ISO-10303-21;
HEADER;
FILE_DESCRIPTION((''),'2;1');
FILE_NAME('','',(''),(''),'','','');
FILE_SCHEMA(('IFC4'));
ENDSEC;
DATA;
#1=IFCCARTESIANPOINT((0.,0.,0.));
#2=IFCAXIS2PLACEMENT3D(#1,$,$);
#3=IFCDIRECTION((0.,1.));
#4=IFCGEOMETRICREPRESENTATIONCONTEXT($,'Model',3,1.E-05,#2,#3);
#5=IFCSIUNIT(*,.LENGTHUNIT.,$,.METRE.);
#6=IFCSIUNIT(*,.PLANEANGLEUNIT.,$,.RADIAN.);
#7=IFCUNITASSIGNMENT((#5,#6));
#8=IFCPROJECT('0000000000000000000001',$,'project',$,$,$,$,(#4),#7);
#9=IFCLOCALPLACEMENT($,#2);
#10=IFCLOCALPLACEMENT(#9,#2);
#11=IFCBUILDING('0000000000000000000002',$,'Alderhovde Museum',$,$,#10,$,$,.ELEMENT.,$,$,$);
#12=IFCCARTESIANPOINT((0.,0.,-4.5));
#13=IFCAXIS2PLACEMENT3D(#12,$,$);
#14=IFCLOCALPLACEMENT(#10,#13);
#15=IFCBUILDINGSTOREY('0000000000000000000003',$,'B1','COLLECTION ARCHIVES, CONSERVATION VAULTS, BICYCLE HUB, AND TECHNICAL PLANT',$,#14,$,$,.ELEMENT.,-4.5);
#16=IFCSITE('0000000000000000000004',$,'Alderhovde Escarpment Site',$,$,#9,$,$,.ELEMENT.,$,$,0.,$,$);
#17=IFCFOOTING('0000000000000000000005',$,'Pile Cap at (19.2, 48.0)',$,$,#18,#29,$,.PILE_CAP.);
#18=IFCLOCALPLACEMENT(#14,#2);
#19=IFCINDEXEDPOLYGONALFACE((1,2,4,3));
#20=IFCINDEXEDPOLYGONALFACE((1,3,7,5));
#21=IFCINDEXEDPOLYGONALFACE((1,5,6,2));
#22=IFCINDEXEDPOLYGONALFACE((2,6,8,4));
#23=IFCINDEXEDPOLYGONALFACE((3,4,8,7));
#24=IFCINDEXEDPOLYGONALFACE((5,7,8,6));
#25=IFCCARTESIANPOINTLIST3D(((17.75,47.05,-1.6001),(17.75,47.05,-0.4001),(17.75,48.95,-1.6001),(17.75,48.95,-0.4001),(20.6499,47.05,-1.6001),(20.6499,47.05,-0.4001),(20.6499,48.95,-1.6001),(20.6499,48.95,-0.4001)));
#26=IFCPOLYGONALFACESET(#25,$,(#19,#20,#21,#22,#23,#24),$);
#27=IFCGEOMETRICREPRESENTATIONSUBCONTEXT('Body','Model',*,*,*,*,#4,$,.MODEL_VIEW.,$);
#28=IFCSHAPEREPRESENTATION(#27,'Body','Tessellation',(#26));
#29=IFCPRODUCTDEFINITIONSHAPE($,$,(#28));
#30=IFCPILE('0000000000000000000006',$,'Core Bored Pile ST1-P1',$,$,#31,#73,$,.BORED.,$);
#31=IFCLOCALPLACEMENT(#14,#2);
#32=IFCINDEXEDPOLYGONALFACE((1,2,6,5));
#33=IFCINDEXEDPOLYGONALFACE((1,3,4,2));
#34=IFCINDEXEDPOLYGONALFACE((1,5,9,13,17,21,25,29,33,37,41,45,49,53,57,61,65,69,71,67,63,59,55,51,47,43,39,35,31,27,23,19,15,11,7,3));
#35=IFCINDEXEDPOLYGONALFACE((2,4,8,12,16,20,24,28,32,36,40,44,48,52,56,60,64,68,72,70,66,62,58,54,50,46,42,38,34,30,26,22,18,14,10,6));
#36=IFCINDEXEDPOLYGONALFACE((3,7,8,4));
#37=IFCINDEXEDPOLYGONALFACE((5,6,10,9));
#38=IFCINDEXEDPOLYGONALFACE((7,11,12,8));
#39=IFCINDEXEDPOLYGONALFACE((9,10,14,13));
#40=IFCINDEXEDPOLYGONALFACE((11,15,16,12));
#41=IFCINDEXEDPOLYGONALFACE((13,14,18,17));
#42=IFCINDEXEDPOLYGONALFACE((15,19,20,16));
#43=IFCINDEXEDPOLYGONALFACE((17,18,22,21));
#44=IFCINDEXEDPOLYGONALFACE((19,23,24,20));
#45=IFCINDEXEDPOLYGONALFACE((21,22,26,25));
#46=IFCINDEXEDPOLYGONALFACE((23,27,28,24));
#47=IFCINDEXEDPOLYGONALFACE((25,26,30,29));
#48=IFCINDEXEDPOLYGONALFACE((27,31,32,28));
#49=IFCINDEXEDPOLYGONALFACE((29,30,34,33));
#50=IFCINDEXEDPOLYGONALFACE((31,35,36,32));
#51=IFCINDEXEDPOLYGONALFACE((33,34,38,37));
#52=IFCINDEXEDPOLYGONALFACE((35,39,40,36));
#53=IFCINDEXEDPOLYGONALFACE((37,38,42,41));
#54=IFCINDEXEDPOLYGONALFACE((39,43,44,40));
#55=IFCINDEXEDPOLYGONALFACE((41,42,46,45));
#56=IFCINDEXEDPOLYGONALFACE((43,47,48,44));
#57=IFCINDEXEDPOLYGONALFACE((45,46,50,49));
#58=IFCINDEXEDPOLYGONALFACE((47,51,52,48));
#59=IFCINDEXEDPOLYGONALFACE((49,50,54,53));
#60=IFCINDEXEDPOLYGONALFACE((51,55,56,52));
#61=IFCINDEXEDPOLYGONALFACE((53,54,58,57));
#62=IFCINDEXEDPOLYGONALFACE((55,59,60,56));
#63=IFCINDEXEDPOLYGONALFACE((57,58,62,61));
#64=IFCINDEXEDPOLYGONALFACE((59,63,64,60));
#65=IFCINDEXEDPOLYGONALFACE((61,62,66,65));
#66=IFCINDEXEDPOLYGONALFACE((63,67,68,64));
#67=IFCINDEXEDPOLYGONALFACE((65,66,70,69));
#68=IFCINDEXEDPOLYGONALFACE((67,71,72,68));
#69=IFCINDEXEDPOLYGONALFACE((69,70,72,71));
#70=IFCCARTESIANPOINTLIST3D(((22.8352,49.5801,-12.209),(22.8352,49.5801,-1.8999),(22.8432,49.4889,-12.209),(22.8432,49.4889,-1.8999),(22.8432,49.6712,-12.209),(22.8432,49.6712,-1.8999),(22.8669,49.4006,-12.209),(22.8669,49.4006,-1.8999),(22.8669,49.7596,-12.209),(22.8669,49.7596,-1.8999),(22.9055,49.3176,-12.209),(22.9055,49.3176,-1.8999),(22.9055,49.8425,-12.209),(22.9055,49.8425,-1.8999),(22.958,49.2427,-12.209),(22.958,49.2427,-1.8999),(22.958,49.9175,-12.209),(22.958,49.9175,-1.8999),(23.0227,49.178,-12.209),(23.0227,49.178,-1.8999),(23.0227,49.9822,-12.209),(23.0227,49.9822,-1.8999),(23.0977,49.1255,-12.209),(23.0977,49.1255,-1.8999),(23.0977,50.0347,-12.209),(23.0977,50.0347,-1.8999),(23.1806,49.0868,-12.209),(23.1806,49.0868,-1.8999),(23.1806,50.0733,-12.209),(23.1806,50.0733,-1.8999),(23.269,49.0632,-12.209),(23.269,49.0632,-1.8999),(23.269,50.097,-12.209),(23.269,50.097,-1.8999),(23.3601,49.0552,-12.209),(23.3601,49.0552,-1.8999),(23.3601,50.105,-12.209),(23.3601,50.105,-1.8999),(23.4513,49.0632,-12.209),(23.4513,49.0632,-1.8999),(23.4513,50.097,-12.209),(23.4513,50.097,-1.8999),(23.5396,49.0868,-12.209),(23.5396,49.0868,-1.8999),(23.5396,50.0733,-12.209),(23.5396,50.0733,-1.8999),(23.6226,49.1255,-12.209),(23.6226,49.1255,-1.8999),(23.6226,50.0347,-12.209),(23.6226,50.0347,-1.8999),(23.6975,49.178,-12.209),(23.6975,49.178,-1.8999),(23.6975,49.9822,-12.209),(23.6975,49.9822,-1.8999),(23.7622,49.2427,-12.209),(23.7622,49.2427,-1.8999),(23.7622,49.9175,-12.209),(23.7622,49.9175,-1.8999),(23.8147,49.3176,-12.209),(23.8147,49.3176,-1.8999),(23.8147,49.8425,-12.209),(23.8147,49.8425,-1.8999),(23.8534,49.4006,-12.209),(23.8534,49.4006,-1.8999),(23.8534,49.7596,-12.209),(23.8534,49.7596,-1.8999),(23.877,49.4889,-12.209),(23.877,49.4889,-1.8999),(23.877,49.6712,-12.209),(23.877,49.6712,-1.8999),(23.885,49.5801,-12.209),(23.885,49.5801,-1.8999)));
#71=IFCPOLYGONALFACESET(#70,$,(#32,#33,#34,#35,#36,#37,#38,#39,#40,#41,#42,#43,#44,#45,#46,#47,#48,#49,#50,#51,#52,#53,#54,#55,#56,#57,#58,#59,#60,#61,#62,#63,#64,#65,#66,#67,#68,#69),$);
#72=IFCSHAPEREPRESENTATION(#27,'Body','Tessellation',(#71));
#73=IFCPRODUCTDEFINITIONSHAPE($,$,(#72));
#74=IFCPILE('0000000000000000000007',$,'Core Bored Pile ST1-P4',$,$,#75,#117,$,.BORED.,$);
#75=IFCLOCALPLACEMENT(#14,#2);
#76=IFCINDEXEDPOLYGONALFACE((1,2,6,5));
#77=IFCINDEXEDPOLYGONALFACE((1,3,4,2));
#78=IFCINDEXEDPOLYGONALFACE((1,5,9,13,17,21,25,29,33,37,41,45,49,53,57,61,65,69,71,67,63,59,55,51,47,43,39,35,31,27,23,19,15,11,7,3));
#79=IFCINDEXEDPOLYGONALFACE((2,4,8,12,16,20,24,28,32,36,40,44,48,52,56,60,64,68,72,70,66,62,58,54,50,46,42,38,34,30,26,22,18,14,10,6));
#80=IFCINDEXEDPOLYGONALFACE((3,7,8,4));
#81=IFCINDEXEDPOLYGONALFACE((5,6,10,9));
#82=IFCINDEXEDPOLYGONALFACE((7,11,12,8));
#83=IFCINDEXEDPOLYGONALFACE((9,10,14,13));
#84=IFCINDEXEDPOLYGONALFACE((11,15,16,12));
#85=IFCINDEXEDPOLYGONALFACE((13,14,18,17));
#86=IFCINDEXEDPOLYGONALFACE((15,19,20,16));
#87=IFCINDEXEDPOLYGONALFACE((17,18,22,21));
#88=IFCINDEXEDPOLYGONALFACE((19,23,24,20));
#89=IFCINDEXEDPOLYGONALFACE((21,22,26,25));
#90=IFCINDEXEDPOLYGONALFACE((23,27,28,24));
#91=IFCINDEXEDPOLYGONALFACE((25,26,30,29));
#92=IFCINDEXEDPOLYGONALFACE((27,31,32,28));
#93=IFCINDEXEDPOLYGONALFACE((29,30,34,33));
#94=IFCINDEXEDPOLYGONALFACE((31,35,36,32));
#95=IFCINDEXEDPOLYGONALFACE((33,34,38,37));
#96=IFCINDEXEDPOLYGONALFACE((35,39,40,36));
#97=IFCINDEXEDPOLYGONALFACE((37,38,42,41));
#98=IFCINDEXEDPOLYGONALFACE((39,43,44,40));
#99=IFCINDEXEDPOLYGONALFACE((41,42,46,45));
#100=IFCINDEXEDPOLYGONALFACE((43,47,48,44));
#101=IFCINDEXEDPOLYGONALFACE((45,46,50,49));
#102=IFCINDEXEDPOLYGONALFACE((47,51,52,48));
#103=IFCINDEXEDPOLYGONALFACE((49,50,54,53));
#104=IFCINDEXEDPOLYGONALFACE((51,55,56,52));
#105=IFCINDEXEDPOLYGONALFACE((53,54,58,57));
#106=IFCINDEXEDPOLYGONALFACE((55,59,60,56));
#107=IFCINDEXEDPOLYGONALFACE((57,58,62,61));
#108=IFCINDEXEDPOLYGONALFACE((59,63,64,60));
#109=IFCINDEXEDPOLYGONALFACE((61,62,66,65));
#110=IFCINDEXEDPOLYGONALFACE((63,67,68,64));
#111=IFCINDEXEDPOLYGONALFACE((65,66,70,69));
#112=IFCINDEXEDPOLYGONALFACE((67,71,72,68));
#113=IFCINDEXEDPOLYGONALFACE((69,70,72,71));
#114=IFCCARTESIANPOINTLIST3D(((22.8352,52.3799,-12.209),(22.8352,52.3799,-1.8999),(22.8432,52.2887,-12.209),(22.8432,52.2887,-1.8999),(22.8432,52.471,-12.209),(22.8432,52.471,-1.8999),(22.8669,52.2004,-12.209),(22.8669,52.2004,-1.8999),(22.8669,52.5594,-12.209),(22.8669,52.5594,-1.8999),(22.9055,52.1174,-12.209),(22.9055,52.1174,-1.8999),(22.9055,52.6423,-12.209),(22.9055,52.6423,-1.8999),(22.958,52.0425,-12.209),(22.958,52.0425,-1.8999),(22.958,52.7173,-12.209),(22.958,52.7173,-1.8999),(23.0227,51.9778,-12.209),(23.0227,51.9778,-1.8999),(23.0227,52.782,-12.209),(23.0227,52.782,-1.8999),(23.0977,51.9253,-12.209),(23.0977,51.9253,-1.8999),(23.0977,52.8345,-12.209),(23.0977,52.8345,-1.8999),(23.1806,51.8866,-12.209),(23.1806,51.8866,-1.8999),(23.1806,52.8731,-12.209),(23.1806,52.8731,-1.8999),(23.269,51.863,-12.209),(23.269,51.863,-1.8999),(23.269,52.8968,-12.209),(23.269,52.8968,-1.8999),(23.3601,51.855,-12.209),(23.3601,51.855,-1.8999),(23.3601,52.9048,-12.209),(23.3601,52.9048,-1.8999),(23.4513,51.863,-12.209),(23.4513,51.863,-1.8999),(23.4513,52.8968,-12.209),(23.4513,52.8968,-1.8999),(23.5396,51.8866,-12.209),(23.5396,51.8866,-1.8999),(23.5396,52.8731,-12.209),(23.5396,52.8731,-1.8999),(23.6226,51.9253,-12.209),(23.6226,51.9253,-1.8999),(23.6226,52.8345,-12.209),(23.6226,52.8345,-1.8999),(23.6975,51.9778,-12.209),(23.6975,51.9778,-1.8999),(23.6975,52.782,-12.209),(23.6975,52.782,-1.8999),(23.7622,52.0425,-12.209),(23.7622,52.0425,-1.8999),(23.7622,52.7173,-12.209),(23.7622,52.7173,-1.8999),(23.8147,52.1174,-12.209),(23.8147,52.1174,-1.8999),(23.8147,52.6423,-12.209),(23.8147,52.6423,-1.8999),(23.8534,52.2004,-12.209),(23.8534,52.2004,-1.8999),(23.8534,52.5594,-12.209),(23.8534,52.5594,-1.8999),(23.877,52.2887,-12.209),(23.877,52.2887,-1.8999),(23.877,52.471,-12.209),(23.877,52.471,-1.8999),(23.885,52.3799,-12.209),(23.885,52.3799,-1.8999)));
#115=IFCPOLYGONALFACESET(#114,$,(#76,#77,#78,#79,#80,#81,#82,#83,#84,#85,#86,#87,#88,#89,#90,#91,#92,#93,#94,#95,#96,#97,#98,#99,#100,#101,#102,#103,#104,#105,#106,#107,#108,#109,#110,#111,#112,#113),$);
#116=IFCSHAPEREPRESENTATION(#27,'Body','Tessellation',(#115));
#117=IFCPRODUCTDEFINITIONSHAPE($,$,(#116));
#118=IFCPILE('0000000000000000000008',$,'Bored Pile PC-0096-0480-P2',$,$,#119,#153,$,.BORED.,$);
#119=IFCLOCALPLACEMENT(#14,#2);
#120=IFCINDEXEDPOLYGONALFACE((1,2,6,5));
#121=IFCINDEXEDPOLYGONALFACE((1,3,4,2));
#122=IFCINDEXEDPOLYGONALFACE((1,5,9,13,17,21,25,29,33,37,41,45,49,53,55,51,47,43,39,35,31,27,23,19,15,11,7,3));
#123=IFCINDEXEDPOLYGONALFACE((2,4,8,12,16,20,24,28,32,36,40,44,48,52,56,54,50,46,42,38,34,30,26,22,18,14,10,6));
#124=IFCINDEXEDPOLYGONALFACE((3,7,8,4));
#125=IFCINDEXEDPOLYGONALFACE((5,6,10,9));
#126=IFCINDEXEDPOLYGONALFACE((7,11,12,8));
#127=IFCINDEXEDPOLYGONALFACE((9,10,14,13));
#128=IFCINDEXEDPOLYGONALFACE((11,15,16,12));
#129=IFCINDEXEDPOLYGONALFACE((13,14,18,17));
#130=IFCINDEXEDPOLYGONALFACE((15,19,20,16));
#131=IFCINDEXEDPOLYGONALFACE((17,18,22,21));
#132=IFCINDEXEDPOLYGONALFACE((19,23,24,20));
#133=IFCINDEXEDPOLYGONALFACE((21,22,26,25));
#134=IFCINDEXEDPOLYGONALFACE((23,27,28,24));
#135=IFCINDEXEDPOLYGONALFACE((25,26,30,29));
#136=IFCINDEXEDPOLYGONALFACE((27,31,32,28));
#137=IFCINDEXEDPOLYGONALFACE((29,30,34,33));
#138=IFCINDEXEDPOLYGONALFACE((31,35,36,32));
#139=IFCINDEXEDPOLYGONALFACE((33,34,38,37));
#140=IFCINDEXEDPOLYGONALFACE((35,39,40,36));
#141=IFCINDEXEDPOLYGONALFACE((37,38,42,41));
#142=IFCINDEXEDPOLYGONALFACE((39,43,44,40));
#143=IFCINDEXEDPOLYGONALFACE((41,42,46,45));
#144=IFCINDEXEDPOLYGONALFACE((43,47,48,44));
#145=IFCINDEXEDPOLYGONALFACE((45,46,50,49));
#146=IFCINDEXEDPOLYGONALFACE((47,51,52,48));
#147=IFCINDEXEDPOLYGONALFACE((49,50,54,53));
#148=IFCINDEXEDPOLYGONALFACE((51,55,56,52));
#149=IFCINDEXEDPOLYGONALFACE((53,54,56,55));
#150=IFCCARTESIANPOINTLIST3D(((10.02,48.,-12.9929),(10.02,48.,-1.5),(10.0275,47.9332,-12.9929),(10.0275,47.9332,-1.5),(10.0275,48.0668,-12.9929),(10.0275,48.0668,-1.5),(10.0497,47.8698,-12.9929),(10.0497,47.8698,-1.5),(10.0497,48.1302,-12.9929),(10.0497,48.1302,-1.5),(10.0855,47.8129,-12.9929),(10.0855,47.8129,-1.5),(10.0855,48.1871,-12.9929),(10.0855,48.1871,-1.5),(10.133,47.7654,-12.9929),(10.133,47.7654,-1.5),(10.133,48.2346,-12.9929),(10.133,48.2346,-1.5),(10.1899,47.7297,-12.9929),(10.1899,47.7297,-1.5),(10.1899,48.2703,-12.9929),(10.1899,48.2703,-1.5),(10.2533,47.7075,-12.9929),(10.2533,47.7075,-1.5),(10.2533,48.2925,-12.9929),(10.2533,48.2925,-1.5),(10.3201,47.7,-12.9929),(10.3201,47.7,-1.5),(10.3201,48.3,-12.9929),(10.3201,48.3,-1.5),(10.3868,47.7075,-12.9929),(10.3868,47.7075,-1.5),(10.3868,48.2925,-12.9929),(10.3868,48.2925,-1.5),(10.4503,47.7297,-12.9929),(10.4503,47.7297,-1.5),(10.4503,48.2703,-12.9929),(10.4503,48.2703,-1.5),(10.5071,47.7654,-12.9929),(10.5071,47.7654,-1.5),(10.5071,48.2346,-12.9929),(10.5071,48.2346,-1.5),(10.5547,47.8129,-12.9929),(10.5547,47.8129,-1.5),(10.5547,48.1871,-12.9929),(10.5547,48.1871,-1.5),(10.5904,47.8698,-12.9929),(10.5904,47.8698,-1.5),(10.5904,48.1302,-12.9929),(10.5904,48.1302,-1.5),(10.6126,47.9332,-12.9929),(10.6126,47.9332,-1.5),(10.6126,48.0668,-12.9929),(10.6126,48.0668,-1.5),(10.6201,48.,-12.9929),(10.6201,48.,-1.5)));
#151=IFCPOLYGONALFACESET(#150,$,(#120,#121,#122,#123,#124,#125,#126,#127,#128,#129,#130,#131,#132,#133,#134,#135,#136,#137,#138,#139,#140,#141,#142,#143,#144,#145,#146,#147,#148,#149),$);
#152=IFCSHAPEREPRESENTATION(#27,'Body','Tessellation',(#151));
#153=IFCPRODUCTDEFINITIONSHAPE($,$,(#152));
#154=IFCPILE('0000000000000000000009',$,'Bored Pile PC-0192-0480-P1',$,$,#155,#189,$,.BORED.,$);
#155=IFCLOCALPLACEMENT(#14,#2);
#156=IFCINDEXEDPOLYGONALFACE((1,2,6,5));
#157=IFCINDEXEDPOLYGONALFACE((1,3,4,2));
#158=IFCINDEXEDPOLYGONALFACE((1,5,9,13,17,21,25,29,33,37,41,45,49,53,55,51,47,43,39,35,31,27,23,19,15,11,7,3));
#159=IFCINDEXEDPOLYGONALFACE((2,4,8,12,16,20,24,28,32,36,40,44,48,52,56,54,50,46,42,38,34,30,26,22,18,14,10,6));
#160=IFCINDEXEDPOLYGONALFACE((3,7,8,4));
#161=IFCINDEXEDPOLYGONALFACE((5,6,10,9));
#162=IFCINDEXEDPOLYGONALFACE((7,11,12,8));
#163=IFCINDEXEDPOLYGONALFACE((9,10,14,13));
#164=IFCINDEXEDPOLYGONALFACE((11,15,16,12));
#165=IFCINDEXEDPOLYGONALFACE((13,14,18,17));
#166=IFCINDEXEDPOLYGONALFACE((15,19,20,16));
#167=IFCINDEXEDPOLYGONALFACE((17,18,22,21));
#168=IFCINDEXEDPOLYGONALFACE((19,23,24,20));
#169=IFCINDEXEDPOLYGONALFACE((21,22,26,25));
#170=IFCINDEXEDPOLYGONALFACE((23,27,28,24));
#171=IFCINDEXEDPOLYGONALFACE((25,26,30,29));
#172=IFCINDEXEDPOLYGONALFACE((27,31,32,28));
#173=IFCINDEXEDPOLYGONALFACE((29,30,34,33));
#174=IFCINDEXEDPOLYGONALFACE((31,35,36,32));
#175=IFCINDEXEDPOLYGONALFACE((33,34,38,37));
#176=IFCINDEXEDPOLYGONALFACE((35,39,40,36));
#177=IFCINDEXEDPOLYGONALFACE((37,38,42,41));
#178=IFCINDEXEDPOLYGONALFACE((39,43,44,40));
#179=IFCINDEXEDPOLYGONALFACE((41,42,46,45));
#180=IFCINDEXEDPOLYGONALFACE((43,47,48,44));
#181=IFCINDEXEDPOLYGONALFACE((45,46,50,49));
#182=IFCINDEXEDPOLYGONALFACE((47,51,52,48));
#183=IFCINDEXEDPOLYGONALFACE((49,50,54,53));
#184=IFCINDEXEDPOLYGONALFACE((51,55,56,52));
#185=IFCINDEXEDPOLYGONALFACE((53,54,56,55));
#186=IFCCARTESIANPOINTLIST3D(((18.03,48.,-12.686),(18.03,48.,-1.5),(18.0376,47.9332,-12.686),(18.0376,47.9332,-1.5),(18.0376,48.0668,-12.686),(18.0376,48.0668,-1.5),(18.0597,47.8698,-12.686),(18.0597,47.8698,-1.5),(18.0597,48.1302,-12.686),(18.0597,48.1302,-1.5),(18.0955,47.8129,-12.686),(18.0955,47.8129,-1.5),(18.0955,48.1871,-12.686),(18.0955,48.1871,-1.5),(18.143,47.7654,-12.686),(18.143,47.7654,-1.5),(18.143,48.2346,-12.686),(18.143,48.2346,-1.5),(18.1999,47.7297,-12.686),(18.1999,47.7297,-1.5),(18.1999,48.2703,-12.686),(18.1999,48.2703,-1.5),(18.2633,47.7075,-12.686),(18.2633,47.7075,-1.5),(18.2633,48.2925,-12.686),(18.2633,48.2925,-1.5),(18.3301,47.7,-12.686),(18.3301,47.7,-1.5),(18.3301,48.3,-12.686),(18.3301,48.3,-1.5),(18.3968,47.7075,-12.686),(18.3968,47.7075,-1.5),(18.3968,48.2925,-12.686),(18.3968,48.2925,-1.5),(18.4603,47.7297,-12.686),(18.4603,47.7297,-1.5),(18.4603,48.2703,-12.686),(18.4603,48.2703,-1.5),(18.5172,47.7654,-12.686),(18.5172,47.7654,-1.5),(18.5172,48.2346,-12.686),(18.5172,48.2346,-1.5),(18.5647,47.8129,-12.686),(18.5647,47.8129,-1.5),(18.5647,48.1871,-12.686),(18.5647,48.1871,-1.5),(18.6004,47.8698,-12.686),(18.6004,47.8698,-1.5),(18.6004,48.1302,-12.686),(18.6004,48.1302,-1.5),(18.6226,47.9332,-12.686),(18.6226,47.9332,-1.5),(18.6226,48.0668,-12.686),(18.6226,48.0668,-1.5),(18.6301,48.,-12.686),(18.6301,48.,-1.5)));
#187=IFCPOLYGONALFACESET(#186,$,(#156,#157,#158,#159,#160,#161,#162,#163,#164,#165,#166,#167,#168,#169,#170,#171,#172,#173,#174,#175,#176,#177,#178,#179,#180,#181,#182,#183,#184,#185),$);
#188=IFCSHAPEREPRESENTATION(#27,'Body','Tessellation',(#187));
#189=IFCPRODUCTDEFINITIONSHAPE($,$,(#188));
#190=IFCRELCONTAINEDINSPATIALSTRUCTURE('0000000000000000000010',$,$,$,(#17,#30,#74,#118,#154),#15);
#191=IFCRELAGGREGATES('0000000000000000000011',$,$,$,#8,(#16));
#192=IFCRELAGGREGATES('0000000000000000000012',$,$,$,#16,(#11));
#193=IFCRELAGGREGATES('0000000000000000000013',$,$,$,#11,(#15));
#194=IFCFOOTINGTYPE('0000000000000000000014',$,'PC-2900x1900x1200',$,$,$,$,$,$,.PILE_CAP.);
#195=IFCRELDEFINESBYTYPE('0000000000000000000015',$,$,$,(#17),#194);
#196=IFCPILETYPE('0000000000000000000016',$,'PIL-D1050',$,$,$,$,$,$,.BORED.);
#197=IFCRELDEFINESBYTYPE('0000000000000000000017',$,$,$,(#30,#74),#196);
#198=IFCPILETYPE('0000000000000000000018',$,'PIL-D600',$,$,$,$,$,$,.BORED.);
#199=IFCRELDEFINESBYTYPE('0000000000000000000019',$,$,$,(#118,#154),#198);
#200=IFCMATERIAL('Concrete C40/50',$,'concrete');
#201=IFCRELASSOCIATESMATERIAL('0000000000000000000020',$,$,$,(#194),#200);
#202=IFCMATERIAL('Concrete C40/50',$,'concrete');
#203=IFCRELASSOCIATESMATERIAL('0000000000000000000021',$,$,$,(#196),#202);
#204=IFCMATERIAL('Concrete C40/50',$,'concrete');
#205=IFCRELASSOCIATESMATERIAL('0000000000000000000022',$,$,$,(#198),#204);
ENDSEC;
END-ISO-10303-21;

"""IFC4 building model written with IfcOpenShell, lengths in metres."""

from ifc_helpers import new_model, si_unit, direction, frame, origin, origin_2d, place, context, subcontext, project, spatial, rectangle, circle, extrude, material, material_profile, profile_set, type_object, element, save


model = new_model("IFC4")

# Units and contexts
model_context = context("Model", 3, precision=1e-05, world=origin(), true_north=direction((0.0, 1.0)))
body_context = subcontext(model_context, "Body", "Model", "MODEL_VIEW")
ifc_project = project(units=[si_unit("LENGTHUNIT", "METRE"), si_unit("PLANEANGLEUNIT", "RADIAN")], contexts=[model_context])

# Site, building, storey
site_placement = place(None, origin())
site = spatial("IfcSite", under=ifc_project, at=site_placement, Name="Alderhovde Escarpment Site", CompositionType="ELEMENT", RefElevation=0.0)
building_placement = place(site_placement, origin())
building = spatial("IfcBuilding", under=site, at=building_placement, Name="Alderhovde Museum", CompositionType="ELEMENT")
storey_placement = place(building_placement, frame((0.0, 0.0, -4.5)))
storey = spatial("IfcBuildingStorey", under=building, at=storey_placement, Name="B1", Description="COLLECTION ARCHIVES, CONSERVATION VAULTS, BICYCLE HUB, AND TECHNICAL PLANT", CompositionType="ELEMENT", Elevation=-4.5)

# Footing
ifc_material_1 = material(Name="Concrete C40/50", Category="concrete")
footing_type = type_object("IfcFootingType", Name="PC-2900x1900x1200", PredefinedType="PILE_CAP", material=ifc_material_1)
footing_placement = place(storey_placement, frame((19.2, 48.0, -1.6001), z_axis=(0.0, 0.0, 1.0), x_axis=(1.0, 0.0, 0.0)))
element("IfcFooting", 1, at=footing_placement, inside=storey, type_object=footing_type, Name="Pile Cap at (19.2, 48.0)", PredefinedType="PILE_CAP", context=body_context, shape_type="SweptSolid", body=[
    extrude(rectangle(XDim=2.8999, YDim=1.8999, at=origin_2d()), origin(), (0.0, 0.0, 1.0), 1.2),
])

# Piles
ifc_material_2 = material(Name="Concrete C40/50", Category="concrete")
ifc_material_profile_1 = material_profile(ifc_material_2, circle(Radius=0.5249, at=origin_2d()), Name="PILE-D1050")
ifc_profile_set_1 = profile_set([ifc_material_profile_1], Name="Concrete C40/50")
pile_type_1 = type_object("IfcPileType", Name="PIL-D1050", PredefinedType="BORED", material=ifc_profile_set_1)
for number, where, z_axis, x_axis, name in (
    (2, (23.3601, 49.5801, -1.8999), (0.0, 0.0, -1.0), (1.0, 0.0, 0.0), "Core Bored Pile ST1-P1"),
    (3, (23.3601, 52.3799, -1.8999), (0.0, 0.0, -1.0), (1.0, 0.0, 0.0), "Core Bored Pile ST1-P4"),
):
    element("IfcPile", number, at=place(storey_placement, frame(where, z_axis=z_axis, x_axis=x_axis)), inside=storey, type_object=pile_type_1, Name=name, PredefinedType="BORED", context=body_context, shape_type="SweptSolid", body=[
        extrude(circle(Radius=0.5249, at=origin_2d()), origin(), (0.0, 0.0, 1.0), 10.3091),
    ])
ifc_material_3 = material(Name="Concrete C40/50", Category="concrete")
ifc_material_profile_2 = material_profile(ifc_material_3, circle(Radius=0.3, at=origin_2d()), Name="PILE-D600")
ifc_profile_set_2 = profile_set([ifc_material_profile_2], Name="Concrete C40/50")
pile_type_2 = type_object("IfcPileType", Name="PIL-D600", PredefinedType="BORED", material=ifc_profile_set_2)
pile_placement = place(storey_placement, frame((10.3201, 48.0, -1.5), z_axis=(0.0, 0.0, -1.0), x_axis=(1.0, 0.0, 0.0)))
element("IfcPile", 4, at=pile_placement, inside=storey, type_object=pile_type_2, Name="Bored Pile PC-0096-0480-P2", PredefinedType="BORED", context=body_context, shape_type="SweptSolid", body=[
    extrude(circle(Radius=0.3, at=origin_2d()), origin(), (0.0, 0.0, 1.0), 11.4929),
])
for number, where, z_axis, x_axis, name in (
    (5, (18.3301, 48.0, -1.5), (0.0, 0.0, -1.0), (1.0, 0.0, 0.0), "Bored Pile PC-0192-0480-P1"),
):
    element("IfcPile", number, at=place(storey_placement, frame(where, z_axis=z_axis, x_axis=x_axis)), inside=storey, type_object=pile_type_2, Name=name, PredefinedType="BORED", context=body_context, shape_type="SweptSolid", body=[
        extrude(circle(Radius=0.3, at=origin_2d()), origin(), (0.0, 0.0, 1.0), 11.186),
    ])

save(model, "model.ifc")
